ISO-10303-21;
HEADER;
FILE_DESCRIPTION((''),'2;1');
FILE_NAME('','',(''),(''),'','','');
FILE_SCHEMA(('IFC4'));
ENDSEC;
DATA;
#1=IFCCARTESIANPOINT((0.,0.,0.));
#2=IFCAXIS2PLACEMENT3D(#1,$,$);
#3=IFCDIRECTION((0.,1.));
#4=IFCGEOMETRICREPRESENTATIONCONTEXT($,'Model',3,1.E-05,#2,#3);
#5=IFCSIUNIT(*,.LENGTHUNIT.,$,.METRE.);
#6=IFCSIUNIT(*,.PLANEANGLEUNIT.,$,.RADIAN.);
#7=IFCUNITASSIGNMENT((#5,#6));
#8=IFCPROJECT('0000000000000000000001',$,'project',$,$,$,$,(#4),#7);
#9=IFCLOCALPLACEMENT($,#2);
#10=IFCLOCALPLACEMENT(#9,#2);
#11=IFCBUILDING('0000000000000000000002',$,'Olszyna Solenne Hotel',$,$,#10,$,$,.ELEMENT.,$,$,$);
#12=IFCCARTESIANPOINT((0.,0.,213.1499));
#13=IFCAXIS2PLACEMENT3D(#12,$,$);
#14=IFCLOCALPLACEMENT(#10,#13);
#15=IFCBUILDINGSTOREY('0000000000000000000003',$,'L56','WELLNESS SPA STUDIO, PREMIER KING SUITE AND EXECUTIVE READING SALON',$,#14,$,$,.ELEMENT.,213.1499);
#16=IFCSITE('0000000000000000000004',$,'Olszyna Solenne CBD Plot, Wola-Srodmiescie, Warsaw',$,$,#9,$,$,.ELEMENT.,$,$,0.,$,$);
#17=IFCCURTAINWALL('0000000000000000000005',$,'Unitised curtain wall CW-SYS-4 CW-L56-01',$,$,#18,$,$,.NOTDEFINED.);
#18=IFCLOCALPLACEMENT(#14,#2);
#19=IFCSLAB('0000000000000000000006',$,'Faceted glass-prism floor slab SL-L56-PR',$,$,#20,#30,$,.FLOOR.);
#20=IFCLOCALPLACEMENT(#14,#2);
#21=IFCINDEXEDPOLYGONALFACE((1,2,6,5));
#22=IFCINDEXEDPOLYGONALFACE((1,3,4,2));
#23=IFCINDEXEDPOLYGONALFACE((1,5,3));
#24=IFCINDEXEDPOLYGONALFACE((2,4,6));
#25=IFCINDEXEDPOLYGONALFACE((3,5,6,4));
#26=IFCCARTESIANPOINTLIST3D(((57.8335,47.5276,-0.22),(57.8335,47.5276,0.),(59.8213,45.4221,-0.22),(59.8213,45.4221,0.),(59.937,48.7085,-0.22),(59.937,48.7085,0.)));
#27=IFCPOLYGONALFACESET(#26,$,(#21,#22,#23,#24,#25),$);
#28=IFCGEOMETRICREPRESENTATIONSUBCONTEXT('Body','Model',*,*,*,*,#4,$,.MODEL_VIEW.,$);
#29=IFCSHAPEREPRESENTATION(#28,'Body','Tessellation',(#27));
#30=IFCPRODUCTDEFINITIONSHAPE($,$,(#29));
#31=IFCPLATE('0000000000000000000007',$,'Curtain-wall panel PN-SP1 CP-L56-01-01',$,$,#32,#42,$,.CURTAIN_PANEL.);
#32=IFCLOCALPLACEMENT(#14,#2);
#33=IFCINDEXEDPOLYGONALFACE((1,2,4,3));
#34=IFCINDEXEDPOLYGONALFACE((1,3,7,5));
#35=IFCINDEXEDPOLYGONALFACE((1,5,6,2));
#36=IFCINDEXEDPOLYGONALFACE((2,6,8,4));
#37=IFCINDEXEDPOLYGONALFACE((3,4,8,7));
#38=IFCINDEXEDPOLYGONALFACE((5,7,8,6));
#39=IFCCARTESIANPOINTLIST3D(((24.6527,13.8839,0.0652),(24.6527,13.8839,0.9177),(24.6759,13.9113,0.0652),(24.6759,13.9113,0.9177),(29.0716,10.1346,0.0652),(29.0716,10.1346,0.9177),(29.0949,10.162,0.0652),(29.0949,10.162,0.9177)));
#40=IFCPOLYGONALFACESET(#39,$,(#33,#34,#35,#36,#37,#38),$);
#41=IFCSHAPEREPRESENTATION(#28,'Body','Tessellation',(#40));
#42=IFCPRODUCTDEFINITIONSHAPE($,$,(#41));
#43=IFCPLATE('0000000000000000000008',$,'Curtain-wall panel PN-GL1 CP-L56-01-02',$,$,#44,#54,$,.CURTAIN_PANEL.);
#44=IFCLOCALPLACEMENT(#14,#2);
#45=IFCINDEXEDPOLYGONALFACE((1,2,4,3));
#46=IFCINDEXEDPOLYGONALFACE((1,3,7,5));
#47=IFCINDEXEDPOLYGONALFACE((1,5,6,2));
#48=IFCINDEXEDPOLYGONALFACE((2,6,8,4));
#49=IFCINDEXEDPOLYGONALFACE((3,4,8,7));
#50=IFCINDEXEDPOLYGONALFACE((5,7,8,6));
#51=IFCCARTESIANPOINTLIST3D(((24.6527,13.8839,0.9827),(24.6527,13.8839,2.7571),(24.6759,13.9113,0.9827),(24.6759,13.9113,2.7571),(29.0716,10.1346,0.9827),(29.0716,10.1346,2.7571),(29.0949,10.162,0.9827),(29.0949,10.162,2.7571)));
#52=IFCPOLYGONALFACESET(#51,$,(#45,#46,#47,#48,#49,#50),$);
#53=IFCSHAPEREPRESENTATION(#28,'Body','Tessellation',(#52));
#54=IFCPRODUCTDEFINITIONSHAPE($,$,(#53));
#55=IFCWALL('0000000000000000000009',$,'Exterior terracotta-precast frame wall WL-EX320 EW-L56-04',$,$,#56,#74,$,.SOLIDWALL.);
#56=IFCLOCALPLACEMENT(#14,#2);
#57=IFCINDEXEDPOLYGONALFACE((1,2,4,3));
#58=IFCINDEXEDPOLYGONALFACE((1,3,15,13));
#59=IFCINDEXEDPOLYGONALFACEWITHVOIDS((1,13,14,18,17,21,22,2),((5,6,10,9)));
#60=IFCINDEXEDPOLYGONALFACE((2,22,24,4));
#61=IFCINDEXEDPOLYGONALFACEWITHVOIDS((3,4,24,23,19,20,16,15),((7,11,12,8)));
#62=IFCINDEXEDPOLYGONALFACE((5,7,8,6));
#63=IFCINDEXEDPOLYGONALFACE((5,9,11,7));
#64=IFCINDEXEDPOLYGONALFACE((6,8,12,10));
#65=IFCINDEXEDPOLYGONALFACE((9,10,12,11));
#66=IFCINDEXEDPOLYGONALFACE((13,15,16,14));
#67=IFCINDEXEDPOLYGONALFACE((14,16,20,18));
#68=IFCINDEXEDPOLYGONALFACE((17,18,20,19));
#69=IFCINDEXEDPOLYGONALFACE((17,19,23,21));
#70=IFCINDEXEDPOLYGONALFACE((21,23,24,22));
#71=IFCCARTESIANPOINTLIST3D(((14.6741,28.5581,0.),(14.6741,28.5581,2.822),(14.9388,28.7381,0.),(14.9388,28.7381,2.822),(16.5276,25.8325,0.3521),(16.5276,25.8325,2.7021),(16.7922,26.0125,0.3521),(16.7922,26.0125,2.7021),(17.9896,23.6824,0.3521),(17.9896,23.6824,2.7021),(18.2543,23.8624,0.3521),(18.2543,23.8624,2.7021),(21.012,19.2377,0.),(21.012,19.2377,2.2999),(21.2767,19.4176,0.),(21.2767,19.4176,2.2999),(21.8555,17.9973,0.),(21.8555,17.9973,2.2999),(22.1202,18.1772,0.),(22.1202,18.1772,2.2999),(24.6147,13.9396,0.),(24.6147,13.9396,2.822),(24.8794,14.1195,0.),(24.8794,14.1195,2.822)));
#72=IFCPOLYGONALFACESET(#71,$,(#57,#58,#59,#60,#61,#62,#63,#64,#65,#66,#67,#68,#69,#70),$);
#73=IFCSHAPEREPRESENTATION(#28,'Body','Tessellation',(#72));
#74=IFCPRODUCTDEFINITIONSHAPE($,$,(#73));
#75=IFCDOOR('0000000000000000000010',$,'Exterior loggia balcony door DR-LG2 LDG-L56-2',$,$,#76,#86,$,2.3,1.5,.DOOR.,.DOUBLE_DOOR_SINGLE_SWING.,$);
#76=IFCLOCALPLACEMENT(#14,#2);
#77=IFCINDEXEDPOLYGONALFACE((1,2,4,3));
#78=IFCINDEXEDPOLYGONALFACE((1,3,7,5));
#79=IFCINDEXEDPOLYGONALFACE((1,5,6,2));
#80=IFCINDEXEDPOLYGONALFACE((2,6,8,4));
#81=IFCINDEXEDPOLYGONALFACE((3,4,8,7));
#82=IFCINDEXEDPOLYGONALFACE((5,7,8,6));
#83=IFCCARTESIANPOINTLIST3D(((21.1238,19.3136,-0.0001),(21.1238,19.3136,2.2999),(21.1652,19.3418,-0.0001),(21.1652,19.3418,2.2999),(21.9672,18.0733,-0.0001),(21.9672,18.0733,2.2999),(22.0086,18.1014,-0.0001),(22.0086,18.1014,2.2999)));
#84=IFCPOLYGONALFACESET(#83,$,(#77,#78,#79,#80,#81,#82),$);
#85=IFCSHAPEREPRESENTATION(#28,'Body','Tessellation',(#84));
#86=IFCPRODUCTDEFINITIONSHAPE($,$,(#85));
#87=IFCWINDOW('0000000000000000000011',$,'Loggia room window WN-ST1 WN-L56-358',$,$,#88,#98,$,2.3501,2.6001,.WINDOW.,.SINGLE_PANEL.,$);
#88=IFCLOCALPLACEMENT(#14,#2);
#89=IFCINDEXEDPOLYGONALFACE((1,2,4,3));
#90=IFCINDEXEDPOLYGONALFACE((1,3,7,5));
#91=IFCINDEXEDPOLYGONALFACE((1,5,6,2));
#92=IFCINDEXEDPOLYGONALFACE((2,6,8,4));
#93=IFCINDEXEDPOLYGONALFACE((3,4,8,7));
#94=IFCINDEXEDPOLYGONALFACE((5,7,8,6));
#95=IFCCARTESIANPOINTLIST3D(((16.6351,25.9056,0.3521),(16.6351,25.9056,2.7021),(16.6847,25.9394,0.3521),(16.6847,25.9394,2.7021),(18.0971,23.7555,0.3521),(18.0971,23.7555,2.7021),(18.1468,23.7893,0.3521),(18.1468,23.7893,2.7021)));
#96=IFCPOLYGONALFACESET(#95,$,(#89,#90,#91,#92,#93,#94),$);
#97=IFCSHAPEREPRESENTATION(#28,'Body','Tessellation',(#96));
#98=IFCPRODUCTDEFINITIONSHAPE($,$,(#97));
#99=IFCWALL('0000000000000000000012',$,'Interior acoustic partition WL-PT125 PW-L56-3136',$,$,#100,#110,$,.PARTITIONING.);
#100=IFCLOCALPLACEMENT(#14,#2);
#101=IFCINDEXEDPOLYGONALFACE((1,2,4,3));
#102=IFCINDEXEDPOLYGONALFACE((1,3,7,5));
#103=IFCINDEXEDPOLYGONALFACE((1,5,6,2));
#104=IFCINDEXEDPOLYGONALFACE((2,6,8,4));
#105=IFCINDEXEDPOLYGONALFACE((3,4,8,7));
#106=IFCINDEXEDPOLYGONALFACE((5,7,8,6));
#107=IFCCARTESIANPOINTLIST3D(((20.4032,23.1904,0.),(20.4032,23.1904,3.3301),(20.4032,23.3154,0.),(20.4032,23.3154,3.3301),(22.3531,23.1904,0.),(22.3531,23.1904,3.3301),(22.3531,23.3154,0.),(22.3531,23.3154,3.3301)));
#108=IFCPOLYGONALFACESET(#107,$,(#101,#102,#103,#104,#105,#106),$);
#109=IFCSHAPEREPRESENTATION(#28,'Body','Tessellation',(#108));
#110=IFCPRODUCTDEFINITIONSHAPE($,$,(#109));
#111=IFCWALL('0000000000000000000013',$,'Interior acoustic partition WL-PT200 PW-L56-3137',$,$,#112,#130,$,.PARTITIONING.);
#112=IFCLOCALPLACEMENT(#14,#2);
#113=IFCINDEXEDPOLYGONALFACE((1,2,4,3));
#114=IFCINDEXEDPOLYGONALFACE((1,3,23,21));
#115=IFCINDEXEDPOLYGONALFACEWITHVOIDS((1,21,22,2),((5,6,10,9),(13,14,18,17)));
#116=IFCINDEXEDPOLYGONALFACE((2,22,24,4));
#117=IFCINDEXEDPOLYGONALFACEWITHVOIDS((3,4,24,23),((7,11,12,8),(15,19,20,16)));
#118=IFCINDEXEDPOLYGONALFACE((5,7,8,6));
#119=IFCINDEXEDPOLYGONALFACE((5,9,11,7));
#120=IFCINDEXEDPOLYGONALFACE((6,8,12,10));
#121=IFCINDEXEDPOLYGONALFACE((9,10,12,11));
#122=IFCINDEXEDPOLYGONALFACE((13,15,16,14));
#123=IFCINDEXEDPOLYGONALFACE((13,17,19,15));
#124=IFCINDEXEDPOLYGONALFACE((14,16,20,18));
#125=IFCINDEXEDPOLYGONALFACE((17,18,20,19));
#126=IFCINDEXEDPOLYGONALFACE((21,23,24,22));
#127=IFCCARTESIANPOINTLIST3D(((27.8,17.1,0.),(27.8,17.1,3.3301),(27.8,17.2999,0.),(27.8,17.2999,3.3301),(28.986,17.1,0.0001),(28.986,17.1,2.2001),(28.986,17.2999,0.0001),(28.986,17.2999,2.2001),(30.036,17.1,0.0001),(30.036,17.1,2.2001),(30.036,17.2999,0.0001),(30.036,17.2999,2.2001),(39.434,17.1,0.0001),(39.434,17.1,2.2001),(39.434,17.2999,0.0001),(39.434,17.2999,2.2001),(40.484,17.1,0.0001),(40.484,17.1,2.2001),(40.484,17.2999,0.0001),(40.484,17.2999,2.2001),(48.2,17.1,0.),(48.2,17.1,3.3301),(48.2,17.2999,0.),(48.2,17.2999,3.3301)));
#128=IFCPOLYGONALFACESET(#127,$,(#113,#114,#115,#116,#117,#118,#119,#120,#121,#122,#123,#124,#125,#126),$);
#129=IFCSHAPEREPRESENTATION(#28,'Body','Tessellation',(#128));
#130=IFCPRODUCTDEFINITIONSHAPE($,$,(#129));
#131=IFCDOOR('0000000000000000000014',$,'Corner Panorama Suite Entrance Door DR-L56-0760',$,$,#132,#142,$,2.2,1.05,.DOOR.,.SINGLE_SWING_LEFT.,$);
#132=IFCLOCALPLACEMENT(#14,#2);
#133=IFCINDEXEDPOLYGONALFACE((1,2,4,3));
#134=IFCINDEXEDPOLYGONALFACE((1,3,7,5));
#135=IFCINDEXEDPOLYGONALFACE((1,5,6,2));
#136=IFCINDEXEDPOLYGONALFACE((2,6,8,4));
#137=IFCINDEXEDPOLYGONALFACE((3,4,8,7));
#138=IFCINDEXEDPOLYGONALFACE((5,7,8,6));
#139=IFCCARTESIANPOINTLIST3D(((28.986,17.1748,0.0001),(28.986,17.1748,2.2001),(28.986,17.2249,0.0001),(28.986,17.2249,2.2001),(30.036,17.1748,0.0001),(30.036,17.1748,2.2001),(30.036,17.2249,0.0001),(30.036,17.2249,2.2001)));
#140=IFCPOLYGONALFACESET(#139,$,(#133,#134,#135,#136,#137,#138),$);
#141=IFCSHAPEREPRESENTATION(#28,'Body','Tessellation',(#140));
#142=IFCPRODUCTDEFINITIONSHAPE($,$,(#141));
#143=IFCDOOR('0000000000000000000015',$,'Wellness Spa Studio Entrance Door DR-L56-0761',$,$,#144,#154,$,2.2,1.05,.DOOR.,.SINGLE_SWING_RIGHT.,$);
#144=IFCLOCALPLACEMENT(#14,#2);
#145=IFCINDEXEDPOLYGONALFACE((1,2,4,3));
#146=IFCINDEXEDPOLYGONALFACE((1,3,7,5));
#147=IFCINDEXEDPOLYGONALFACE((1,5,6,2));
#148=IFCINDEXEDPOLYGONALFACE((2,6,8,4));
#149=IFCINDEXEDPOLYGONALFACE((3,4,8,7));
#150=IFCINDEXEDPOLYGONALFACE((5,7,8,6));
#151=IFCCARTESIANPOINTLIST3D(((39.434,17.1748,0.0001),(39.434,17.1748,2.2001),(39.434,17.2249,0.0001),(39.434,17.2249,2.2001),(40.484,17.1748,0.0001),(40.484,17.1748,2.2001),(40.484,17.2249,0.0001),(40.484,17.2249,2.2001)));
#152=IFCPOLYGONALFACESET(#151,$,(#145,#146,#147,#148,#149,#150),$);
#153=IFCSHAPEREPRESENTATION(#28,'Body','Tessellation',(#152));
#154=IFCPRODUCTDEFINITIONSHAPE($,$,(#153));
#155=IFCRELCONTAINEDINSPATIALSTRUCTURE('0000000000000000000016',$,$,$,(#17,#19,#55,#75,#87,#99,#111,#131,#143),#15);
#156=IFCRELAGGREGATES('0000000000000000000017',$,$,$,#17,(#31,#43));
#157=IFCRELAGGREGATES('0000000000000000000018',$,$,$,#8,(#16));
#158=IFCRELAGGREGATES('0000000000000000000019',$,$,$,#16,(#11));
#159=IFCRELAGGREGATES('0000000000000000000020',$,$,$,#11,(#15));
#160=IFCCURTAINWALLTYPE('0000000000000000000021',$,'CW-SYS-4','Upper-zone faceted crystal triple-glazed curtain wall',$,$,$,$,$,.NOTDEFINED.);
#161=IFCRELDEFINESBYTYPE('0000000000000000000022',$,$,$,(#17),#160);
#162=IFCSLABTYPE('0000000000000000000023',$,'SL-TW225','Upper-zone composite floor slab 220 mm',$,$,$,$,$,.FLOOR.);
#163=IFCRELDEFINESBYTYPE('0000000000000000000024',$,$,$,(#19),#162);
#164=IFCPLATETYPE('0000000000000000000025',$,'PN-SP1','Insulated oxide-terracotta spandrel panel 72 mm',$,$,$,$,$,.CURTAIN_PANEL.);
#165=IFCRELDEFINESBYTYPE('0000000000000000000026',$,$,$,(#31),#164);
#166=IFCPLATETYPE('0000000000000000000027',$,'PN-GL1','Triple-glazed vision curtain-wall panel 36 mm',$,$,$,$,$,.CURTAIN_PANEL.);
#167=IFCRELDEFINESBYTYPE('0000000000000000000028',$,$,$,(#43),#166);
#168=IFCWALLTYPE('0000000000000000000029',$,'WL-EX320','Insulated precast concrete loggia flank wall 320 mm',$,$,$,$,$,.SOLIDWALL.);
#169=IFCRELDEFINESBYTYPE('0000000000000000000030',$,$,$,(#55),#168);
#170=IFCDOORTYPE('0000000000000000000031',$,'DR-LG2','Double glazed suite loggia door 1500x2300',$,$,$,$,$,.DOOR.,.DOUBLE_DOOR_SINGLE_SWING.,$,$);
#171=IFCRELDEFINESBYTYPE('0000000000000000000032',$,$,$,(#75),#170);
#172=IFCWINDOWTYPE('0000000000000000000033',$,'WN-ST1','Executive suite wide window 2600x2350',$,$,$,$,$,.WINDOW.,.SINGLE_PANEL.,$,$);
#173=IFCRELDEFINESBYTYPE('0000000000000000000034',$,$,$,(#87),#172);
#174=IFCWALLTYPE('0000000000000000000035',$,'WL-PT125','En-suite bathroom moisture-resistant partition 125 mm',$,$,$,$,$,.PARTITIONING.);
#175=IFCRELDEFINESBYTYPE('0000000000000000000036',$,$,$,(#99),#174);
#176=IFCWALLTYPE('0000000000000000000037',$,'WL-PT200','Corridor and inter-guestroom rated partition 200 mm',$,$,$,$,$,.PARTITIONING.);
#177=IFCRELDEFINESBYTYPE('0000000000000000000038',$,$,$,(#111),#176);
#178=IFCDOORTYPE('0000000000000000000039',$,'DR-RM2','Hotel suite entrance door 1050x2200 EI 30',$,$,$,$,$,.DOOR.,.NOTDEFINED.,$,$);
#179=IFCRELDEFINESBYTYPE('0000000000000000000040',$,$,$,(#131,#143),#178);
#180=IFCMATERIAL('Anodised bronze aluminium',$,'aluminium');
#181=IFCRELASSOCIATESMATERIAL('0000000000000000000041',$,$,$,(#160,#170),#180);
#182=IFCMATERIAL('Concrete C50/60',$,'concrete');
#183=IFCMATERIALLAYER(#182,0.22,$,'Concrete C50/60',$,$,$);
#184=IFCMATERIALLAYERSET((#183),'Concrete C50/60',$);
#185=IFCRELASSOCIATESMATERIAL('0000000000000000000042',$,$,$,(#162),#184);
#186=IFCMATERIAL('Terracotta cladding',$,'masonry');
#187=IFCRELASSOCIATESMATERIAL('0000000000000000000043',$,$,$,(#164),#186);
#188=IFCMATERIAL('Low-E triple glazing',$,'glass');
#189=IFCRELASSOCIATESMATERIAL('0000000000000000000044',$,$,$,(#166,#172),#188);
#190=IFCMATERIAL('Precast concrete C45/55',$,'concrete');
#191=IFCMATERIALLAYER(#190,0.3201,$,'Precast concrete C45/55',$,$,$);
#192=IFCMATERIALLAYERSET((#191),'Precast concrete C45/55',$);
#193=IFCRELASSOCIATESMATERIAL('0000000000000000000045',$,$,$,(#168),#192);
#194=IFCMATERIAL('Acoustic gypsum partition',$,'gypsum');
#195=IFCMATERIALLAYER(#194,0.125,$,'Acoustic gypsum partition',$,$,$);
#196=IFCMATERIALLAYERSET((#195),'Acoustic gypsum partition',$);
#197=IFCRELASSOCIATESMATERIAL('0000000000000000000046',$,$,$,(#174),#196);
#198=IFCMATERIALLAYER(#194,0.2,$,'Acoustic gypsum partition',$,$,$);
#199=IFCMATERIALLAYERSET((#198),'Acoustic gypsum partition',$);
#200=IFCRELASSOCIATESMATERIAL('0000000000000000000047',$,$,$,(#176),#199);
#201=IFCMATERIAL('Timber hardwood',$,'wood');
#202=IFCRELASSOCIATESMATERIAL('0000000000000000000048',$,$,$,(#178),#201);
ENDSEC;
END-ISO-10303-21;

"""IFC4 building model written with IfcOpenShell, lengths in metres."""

from ifc_helpers import new_model, si_unit, direction, frame, frame_2d, origin, origin_2d, place, context, subcontext, project, spatial, polyline, rectangle, outline, extrude, source, transform, mapped, material, layer, layer_set, type_object, type_shapes, element, fill, aggregate, save


model = new_model("IFC4")

# Units and contexts
model_context = context("Model", 3, precision=1e-05, world=origin(), true_north=direction((0.0, 1.0)))
body_context = subcontext(model_context, "Body", "Model", "MODEL_VIEW")
ifc_project = project(units=[si_unit("LENGTHUNIT", "METRE"), si_unit("PLANEANGLEUNIT", "RADIAN")], contexts=[model_context])

# Site, building, storey
site_placement = place(None, origin())
site = spatial("IfcSite", under=ifc_project, at=site_placement, Name="Olszyna Solenne CBD Plot, Wola-Srodmiescie, Warsaw", CompositionType="ELEMENT", RefElevation=0.0)
building_placement = place(site_placement, origin())
building = spatial("IfcBuilding", under=site, at=building_placement, Name="Olszyna Solenne Hotel", CompositionType="ELEMENT")
storey_placement = place(building_placement, frame((0.0, 0.0, 213.1499)))
storey = spatial("IfcBuildingStorey", under=building, at=storey_placement, Name="L56", Description="WELLNESS SPA STUDIO, PREMIER KING SUITE AND EXECUTIVE READING SALON", CompositionType="ELEMENT", Elevation=213.1499)

# Curtain wall
ifc_material_1 = material(Name="Anodised bronze aluminium", Category="aluminium")
curtain_wall_type = type_object("IfcCurtainWallType", Name="CW-SYS-4", Description="Upper-zone faceted crystal triple-glazed curtain wall", PredefinedType="NOTDEFINED", material=ifc_material_1)
curtain_wall_placement = place(storey_placement, origin())
curtain_wall = element("IfcCurtainWall", 1, at=curtain_wall_placement, inside=storey, type_object=curtain_wall_type, Name="Unitised curtain wall CW-SYS-4 CW-L56-01", PredefinedType="NOTDEFINED")

# Slab
ifc_material_2 = material(Name="Precast concrete C45/55", Category="concrete")
ifc_material_3 = material(Name="Concrete C50/60", Category="concrete")
ifc_layer_1 = layer(ifc_material_3, 0.22, Name="Concrete C50/60")
ifc_layer_set_1 = layer_set([ifc_layer_1], Name="Concrete C50/60")
slab_type_1 = type_object("IfcSlabType", Name="SL-TW225", Description="Upper-zone composite floor slab 220 mm", PredefinedType="FLOOR", material=ifc_layer_set_1)
slab_1_placement = place(storey_placement, frame((0.0, 0.0, -0.22)))
element("IfcSlab", 2, at=slab_1_placement, inside=storey, type_object=slab_type_1, Name="Faceted glass-prism floor slab SL-L56-PR", PredefinedType="FLOOR", context=body_context, shape_type="SweptSolid", body=[
    extrude(outline(polyline([(57.8335, 47.5276), (59.8213, 45.4221), (59.937, 48.7085), (57.8335, 47.5276)])), origin(), (0.0, 0.0, 1.0), 0.22),
])

# Plates
ifc_material_4 = material(Name="Terracotta cladding", Category="masonry")
plate_type_1 = type_object("IfcPlateType", Name="PN-SP1", Description="Insulated oxide-terracotta spandrel panel 72 mm", PredefinedType="CURTAIN_PANEL", material=ifc_material_4)
shared_shape_1 = source(origin(), body_context, "Body", "SweptSolid", [
    extrude(rectangle(XDim=5.7952, YDim=0.0359, at=origin_2d()), origin(), (0.0, 0.0, 1.0), 0.8525),
])
plate_1_placement = place(storey_placement, frame((26.8738, 12.0229, 0.0652), z_axis=(0.0, 0.0, 1.0), x_axis=(0.762523, -0.646961, 0.0)))
plate_1 = element("IfcPlate", 3, at=plate_1_placement, type_object=plate_type_1, Name="Curtain-wall panel PN-SP1 CP-L56-01-01", PredefinedType="CURTAIN_PANEL", context=body_context, shape_type="MappedRepresentation", body=[
    mapped(shared_shape_1, transform((0.0, 0.0, 0.0), x_axis=(1.0, 0.0, 0.0), y_axis=(0.0, 1.0, 0.0), z_axis=(0.0, 0.0, 1.0), scale=1.0)),
])
ifc_material_5 = material(Name="Low-E triple glazing", Category="glass")
plate_type_2 = type_object("IfcPlateType", Name="PN-GL1", Description="Triple-glazed vision curtain-wall panel 36 mm", PredefinedType="CURTAIN_PANEL", material=ifc_material_5)
shared_shape_2 = source(origin(), body_context, "Body", "SweptSolid", [
    extrude(rectangle(XDim=5.7952, YDim=0.0359, at=origin_2d()), origin(), (0.0, 0.0, 1.0), 1.7744),
])
plate_2_placement = place(storey_placement, frame((26.8738, 12.0229, 0.9827), z_axis=(0.0, 0.0, 1.0), x_axis=(0.762523, -0.646961, 0.0)))
plate_2 = element("IfcPlate", 4, at=plate_2_placement, type_object=plate_type_2, Name="Curtain-wall panel PN-GL1 CP-L56-01-02", PredefinedType="CURTAIN_PANEL", context=body_context, shape_type="MappedRepresentation", body=[
    mapped(shared_shape_2, transform((0.0, 0.0, 0.0), x_axis=(1.0, 0.0, 0.0), y_axis=(0.0, 1.0, 0.0), z_axis=(0.0, 0.0, 1.0), scale=1.0)),
])
aggregate(curtain_wall, [plate_1, plate_2])

# Wall, openings, door, window
ifc_layer_2 = layer(ifc_material_2, 0.3201, Name="Precast concrete C45/55")
ifc_layer_set_2 = layer_set([ifc_layer_2], Name="Precast concrete C45/55")
wall_type_1 = type_object("IfcWallType", Name="WL-EX320", Description="Insulated precast concrete loggia flank wall 320 mm", PredefinedType="SOLIDWALL", material=ifc_layer_set_2)
wall_1_placement = place(storey_placement, frame((24.7471, 14.0295, 0.0), z_axis=(0.0, 0.0, 1.0), x_axis=(-0.56231, 0.826927, 0.0)))
wall_1 = element("IfcWall", 5, at=wall_1_placement, inside=storey, type_object=wall_type_1, Name="Exterior terracotta-precast frame wall WL-EX320 EW-L56-04", PredefinedType="SOLIDWALL", context=body_context, shape_type="SweptSolid", body=[
    extrude(rectangle(XDim=17.6782, YDim=0.3201, at=frame_2d((8.8391, 0.0))), origin(), (0.0, 0.0, 1.0), 2.822),
])
opening_1_placement = place(wall_1_placement, frame((4.907, 0.0, 0.0)))
opening_1 = element("IfcOpeningElement", 6, at=opening_1_placement, cuts=wall_1, PredefinedType="OPENING", context=body_context, shape_type="SweptSolid", body=[
    extrude(rectangle(XDim=1.5, YDim=2.3, at=frame_2d((0.75, 1.1499))), frame((0.0, 0.1699, 0.0), z_axis=(0.0, -1.0, 0.0), x_axis=(1.0, 0.0, 0.0)), (0.0, 0.0, 1.0), 0.3401),
])
opening_2_placement = place(wall_1_placement, frame((11.782, 0.0, 0.3521)))
opening_2 = element("IfcOpeningElement", 7, at=opening_2_placement, cuts=wall_1, PredefinedType="OPENING", context=body_context, shape_type="SweptSolid", body=[
    extrude(rectangle(XDim=2.6001, YDim=2.3501, at=frame_2d((1.3, 1.175))), frame((0.0, 0.1699, 0.0), z_axis=(0.0, -1.0, 0.0), x_axis=(1.0, 0.0, 0.0)), (0.0, 0.0, 1.0), 0.3401),
])
door_type_1 = type_object("IfcDoorType", Name="DR-LG2", Description="Double glazed suite loggia door 1500x2300", OperationType="DOUBLE_DOOR_SINGLE_SWING", PredefinedType="DOOR", material=ifc_material_1)
shared_shape_3 = source(origin(), body_context, "Body", "SweptSolid", [
    extrude(rectangle(XDim=1.5, YDim=2.3, at=frame_2d((0.75, 1.1499))), frame((0.0, 0.0249, 0.0), z_axis=(0.0, -1.0, 0.0), x_axis=(1.0, 0.0, 0.0)), (0.0, 0.0, 1.0), 0.05),
])
type_shapes(door_type_1, [shared_shape_3])
door_1_placement = place(opening_1_placement, origin())
door_1 = element("IfcDoor", 8, at=door_1_placement, inside=storey, type_object=door_type_1, Name="Exterior loggia balcony door DR-LG2 LDG-L56-2", OperationType="DOUBLE_DOOR_SINGLE_SWING", OverallHeight=2.3, OverallWidth=1.5, PredefinedType="DOOR", context=body_context, shape_type="MappedRepresentation", body=[
    mapped(shared_shape_3, transform((0.0, 0.0, 0.0), x_axis=(1.0, 0.0, 0.0), y_axis=(0.0, 1.0, 0.0), z_axis=(0.0, 0.0, 1.0), scale=1.0)),
])
fill(opening_1, door_1)
window_type = type_object("IfcWindowType", Name="WN-ST1", Description="Executive suite wide window 2600x2350", PartitioningType="SINGLE_PANEL", PredefinedType="WINDOW", material=ifc_material_5)
shared_shape_4 = source(origin(), body_context, "Body", "SweptSolid", [
    extrude(rectangle(XDim=2.6001, YDim=2.3501, at=frame_2d((1.3, 1.175))), frame((0.0, 0.03, 0.0), z_axis=(0.0, -1.0, 0.0), x_axis=(1.0, 0.0, 0.0)), (0.0, 0.0, 1.0), 0.0601),
])
type_shapes(window_type, [shared_shape_4])
window_placement = place(opening_2_placement, origin())
window = element("IfcWindow", 9, at=window_placement, inside=storey, type_object=window_type, Name="Loggia room window WN-ST1 WN-L56-358", OverallHeight=2.3501, OverallWidth=2.6001, PartitioningType="SINGLE_PANEL", PredefinedType="WINDOW", context=body_context, shape_type="MappedRepresentation", body=[
    mapped(shared_shape_4, transform((0.0, 0.0, 0.0), x_axis=(1.0, 0.0, 0.0), y_axis=(0.0, 1.0, 0.0), z_axis=(0.0, 0.0, 1.0), scale=1.0)),
])
fill(opening_2, window)

# Wall
ifc_material_6 = material(Name="Acoustic gypsum partition", Category="gypsum")
ifc_layer_3 = layer(ifc_material_6, 0.125, Name="Acoustic gypsum partition")
ifc_layer_set_3 = layer_set([ifc_layer_3], Name="Acoustic gypsum partition")
wall_type_2 = type_object("IfcWallType", Name="WL-PT125", Description="En-suite bathroom moisture-resistant partition 125 mm", PredefinedType="PARTITIONING", material=ifc_layer_set_3)
wall_2_placement = place(storey_placement, frame((20.4031, 23.2529, 0.0), z_axis=(0.0, 0.0, 1.0), x_axis=(1.0, 0.0, 0.0)))
element("IfcWall", 10, at=wall_2_placement, inside=storey, type_object=wall_type_2, Name="Interior acoustic partition WL-PT125 PW-L56-3136", PredefinedType="PARTITIONING", context=body_context, shape_type="SweptSolid", body=[
    extrude(rectangle(XDim=1.95, YDim=0.125, at=frame_2d((0.9751, 0.0))), origin(), (0.0, 0.0, 1.0), 3.3301),
])

# Wall, openings, doors
ifc_layer_4 = layer(ifc_material_6, 0.2, Name="Acoustic gypsum partition")
ifc_layer_set_4 = layer_set([ifc_layer_4], Name="Acoustic gypsum partition")
wall_type_3 = type_object("IfcWallType", Name="WL-PT200", Description="Corridor and inter-guestroom rated partition 200 mm", PredefinedType="PARTITIONING", material=ifc_layer_set_4)
wall_3_placement = place(storey_placement, frame((27.8, 17.2, 0.0), z_axis=(0.0, 0.0, 1.0), x_axis=(1.0, 0.0, 0.0)))
wall_3 = element("IfcWall", 11, at=wall_3_placement, inside=storey, type_object=wall_type_3, Name="Interior acoustic partition WL-PT200 PW-L56-3137", PredefinedType="PARTITIONING", context=body_context, shape_type="SweptSolid", body=[
    extrude(rectangle(XDim=20.3999, YDim=0.2, at=frame_2d((10.2, 0.0))), origin(), (0.0, 0.0, 1.0), 3.3301),
])
opening_3_placement = place(wall_3_placement, frame((1.186, 0.0, 0.0)))
opening_3 = element("IfcOpeningElement", 12, at=opening_3_placement, cuts=wall_3, PredefinedType="OPENING", context=body_context, shape_type="SweptSolid", body=[
    extrude(rectangle(XDim=1.05, YDim=2.2, at=frame_2d((0.5249, 1.1001))), frame((0.0, 0.1099, 0.0), z_axis=(0.0, -1.0, 0.0), x_axis=(1.0, 0.0, 0.0)), (0.0, 0.0, 1.0), 0.22),
])
opening_4_placement = place(wall_3_placement, frame((11.634, 0.0, 0.0)))
opening_4 = element("IfcOpeningElement", 13, at=opening_4_placement, cuts=wall_3, PredefinedType="OPENING", context=body_context, shape_type="SweptSolid", body=[
    extrude(rectangle(XDim=1.05, YDim=2.2, at=frame_2d((0.5249, 1.1001))), frame((0.0, 0.1099, 0.0), z_axis=(0.0, -1.0, 0.0), x_axis=(1.0, 0.0, 0.0)), (0.0, 0.0, 1.0), 0.22),
])
ifc_material_7 = material(Name="Timber hardwood", Category="wood")
door_type_2 = type_object("IfcDoorType", Name="DR-RM2", Description="Hotel suite entrance door 1050x2200 EI 30", OperationType="NOTDEFINED", PredefinedType="DOOR", material=ifc_material_7)
shared_shape_5 = source(origin(), body_context, "Body", "SweptSolid", [
    extrude(rectangle(XDim=1.05, YDim=2.2, at=frame_2d((0.5249, 1.1001))), frame((0.0, 0.0249, 0.0), z_axis=(0.0, -1.0, 0.0), x_axis=(1.0, 0.0, 0.0)), (0.0, 0.0, 1.0), 0.05),
])
type_shapes(door_type_2, [shared_shape_5])
door_2_placement = place(opening_3_placement, origin())
door_2 = element("IfcDoor", 14, at=door_2_placement, inside=storey, type_object=door_type_2, Name="Corner Panorama Suite Entrance Door DR-L56-0760", OperationType="SINGLE_SWING_LEFT", OverallHeight=2.2, OverallWidth=1.05, PredefinedType="DOOR", context=body_context, shape_type="MappedRepresentation", body=[
    mapped(shared_shape_5, transform((0.0, 0.0, 0.0), x_axis=(1.0, 0.0, 0.0), y_axis=(0.0, 1.0, 0.0), z_axis=(0.0, 0.0, 1.0), scale=1.0)),
])
fill(opening_3, door_2)
door_3_placement = place(opening_4_placement, origin())
door_3 = element("IfcDoor", 15, at=door_3_placement, inside=storey, type_object=door_type_2, Name="Wellness Spa Studio Entrance Door DR-L56-0761", OperationType="SINGLE_SWING_RIGHT", OverallHeight=2.2, OverallWidth=1.05, PredefinedType="DOOR", context=body_context, shape_type="MappedRepresentation", body=[
    mapped(shared_shape_5, transform((0.0, 0.0, 0.0), x_axis=(1.0, 0.0, 0.0), y_axis=(0.0, 1.0, 0.0), z_axis=(0.0, 0.0, 1.0), scale=1.0)),
])
fill(opening_4, door_3)

save(model, "model.ifc")
